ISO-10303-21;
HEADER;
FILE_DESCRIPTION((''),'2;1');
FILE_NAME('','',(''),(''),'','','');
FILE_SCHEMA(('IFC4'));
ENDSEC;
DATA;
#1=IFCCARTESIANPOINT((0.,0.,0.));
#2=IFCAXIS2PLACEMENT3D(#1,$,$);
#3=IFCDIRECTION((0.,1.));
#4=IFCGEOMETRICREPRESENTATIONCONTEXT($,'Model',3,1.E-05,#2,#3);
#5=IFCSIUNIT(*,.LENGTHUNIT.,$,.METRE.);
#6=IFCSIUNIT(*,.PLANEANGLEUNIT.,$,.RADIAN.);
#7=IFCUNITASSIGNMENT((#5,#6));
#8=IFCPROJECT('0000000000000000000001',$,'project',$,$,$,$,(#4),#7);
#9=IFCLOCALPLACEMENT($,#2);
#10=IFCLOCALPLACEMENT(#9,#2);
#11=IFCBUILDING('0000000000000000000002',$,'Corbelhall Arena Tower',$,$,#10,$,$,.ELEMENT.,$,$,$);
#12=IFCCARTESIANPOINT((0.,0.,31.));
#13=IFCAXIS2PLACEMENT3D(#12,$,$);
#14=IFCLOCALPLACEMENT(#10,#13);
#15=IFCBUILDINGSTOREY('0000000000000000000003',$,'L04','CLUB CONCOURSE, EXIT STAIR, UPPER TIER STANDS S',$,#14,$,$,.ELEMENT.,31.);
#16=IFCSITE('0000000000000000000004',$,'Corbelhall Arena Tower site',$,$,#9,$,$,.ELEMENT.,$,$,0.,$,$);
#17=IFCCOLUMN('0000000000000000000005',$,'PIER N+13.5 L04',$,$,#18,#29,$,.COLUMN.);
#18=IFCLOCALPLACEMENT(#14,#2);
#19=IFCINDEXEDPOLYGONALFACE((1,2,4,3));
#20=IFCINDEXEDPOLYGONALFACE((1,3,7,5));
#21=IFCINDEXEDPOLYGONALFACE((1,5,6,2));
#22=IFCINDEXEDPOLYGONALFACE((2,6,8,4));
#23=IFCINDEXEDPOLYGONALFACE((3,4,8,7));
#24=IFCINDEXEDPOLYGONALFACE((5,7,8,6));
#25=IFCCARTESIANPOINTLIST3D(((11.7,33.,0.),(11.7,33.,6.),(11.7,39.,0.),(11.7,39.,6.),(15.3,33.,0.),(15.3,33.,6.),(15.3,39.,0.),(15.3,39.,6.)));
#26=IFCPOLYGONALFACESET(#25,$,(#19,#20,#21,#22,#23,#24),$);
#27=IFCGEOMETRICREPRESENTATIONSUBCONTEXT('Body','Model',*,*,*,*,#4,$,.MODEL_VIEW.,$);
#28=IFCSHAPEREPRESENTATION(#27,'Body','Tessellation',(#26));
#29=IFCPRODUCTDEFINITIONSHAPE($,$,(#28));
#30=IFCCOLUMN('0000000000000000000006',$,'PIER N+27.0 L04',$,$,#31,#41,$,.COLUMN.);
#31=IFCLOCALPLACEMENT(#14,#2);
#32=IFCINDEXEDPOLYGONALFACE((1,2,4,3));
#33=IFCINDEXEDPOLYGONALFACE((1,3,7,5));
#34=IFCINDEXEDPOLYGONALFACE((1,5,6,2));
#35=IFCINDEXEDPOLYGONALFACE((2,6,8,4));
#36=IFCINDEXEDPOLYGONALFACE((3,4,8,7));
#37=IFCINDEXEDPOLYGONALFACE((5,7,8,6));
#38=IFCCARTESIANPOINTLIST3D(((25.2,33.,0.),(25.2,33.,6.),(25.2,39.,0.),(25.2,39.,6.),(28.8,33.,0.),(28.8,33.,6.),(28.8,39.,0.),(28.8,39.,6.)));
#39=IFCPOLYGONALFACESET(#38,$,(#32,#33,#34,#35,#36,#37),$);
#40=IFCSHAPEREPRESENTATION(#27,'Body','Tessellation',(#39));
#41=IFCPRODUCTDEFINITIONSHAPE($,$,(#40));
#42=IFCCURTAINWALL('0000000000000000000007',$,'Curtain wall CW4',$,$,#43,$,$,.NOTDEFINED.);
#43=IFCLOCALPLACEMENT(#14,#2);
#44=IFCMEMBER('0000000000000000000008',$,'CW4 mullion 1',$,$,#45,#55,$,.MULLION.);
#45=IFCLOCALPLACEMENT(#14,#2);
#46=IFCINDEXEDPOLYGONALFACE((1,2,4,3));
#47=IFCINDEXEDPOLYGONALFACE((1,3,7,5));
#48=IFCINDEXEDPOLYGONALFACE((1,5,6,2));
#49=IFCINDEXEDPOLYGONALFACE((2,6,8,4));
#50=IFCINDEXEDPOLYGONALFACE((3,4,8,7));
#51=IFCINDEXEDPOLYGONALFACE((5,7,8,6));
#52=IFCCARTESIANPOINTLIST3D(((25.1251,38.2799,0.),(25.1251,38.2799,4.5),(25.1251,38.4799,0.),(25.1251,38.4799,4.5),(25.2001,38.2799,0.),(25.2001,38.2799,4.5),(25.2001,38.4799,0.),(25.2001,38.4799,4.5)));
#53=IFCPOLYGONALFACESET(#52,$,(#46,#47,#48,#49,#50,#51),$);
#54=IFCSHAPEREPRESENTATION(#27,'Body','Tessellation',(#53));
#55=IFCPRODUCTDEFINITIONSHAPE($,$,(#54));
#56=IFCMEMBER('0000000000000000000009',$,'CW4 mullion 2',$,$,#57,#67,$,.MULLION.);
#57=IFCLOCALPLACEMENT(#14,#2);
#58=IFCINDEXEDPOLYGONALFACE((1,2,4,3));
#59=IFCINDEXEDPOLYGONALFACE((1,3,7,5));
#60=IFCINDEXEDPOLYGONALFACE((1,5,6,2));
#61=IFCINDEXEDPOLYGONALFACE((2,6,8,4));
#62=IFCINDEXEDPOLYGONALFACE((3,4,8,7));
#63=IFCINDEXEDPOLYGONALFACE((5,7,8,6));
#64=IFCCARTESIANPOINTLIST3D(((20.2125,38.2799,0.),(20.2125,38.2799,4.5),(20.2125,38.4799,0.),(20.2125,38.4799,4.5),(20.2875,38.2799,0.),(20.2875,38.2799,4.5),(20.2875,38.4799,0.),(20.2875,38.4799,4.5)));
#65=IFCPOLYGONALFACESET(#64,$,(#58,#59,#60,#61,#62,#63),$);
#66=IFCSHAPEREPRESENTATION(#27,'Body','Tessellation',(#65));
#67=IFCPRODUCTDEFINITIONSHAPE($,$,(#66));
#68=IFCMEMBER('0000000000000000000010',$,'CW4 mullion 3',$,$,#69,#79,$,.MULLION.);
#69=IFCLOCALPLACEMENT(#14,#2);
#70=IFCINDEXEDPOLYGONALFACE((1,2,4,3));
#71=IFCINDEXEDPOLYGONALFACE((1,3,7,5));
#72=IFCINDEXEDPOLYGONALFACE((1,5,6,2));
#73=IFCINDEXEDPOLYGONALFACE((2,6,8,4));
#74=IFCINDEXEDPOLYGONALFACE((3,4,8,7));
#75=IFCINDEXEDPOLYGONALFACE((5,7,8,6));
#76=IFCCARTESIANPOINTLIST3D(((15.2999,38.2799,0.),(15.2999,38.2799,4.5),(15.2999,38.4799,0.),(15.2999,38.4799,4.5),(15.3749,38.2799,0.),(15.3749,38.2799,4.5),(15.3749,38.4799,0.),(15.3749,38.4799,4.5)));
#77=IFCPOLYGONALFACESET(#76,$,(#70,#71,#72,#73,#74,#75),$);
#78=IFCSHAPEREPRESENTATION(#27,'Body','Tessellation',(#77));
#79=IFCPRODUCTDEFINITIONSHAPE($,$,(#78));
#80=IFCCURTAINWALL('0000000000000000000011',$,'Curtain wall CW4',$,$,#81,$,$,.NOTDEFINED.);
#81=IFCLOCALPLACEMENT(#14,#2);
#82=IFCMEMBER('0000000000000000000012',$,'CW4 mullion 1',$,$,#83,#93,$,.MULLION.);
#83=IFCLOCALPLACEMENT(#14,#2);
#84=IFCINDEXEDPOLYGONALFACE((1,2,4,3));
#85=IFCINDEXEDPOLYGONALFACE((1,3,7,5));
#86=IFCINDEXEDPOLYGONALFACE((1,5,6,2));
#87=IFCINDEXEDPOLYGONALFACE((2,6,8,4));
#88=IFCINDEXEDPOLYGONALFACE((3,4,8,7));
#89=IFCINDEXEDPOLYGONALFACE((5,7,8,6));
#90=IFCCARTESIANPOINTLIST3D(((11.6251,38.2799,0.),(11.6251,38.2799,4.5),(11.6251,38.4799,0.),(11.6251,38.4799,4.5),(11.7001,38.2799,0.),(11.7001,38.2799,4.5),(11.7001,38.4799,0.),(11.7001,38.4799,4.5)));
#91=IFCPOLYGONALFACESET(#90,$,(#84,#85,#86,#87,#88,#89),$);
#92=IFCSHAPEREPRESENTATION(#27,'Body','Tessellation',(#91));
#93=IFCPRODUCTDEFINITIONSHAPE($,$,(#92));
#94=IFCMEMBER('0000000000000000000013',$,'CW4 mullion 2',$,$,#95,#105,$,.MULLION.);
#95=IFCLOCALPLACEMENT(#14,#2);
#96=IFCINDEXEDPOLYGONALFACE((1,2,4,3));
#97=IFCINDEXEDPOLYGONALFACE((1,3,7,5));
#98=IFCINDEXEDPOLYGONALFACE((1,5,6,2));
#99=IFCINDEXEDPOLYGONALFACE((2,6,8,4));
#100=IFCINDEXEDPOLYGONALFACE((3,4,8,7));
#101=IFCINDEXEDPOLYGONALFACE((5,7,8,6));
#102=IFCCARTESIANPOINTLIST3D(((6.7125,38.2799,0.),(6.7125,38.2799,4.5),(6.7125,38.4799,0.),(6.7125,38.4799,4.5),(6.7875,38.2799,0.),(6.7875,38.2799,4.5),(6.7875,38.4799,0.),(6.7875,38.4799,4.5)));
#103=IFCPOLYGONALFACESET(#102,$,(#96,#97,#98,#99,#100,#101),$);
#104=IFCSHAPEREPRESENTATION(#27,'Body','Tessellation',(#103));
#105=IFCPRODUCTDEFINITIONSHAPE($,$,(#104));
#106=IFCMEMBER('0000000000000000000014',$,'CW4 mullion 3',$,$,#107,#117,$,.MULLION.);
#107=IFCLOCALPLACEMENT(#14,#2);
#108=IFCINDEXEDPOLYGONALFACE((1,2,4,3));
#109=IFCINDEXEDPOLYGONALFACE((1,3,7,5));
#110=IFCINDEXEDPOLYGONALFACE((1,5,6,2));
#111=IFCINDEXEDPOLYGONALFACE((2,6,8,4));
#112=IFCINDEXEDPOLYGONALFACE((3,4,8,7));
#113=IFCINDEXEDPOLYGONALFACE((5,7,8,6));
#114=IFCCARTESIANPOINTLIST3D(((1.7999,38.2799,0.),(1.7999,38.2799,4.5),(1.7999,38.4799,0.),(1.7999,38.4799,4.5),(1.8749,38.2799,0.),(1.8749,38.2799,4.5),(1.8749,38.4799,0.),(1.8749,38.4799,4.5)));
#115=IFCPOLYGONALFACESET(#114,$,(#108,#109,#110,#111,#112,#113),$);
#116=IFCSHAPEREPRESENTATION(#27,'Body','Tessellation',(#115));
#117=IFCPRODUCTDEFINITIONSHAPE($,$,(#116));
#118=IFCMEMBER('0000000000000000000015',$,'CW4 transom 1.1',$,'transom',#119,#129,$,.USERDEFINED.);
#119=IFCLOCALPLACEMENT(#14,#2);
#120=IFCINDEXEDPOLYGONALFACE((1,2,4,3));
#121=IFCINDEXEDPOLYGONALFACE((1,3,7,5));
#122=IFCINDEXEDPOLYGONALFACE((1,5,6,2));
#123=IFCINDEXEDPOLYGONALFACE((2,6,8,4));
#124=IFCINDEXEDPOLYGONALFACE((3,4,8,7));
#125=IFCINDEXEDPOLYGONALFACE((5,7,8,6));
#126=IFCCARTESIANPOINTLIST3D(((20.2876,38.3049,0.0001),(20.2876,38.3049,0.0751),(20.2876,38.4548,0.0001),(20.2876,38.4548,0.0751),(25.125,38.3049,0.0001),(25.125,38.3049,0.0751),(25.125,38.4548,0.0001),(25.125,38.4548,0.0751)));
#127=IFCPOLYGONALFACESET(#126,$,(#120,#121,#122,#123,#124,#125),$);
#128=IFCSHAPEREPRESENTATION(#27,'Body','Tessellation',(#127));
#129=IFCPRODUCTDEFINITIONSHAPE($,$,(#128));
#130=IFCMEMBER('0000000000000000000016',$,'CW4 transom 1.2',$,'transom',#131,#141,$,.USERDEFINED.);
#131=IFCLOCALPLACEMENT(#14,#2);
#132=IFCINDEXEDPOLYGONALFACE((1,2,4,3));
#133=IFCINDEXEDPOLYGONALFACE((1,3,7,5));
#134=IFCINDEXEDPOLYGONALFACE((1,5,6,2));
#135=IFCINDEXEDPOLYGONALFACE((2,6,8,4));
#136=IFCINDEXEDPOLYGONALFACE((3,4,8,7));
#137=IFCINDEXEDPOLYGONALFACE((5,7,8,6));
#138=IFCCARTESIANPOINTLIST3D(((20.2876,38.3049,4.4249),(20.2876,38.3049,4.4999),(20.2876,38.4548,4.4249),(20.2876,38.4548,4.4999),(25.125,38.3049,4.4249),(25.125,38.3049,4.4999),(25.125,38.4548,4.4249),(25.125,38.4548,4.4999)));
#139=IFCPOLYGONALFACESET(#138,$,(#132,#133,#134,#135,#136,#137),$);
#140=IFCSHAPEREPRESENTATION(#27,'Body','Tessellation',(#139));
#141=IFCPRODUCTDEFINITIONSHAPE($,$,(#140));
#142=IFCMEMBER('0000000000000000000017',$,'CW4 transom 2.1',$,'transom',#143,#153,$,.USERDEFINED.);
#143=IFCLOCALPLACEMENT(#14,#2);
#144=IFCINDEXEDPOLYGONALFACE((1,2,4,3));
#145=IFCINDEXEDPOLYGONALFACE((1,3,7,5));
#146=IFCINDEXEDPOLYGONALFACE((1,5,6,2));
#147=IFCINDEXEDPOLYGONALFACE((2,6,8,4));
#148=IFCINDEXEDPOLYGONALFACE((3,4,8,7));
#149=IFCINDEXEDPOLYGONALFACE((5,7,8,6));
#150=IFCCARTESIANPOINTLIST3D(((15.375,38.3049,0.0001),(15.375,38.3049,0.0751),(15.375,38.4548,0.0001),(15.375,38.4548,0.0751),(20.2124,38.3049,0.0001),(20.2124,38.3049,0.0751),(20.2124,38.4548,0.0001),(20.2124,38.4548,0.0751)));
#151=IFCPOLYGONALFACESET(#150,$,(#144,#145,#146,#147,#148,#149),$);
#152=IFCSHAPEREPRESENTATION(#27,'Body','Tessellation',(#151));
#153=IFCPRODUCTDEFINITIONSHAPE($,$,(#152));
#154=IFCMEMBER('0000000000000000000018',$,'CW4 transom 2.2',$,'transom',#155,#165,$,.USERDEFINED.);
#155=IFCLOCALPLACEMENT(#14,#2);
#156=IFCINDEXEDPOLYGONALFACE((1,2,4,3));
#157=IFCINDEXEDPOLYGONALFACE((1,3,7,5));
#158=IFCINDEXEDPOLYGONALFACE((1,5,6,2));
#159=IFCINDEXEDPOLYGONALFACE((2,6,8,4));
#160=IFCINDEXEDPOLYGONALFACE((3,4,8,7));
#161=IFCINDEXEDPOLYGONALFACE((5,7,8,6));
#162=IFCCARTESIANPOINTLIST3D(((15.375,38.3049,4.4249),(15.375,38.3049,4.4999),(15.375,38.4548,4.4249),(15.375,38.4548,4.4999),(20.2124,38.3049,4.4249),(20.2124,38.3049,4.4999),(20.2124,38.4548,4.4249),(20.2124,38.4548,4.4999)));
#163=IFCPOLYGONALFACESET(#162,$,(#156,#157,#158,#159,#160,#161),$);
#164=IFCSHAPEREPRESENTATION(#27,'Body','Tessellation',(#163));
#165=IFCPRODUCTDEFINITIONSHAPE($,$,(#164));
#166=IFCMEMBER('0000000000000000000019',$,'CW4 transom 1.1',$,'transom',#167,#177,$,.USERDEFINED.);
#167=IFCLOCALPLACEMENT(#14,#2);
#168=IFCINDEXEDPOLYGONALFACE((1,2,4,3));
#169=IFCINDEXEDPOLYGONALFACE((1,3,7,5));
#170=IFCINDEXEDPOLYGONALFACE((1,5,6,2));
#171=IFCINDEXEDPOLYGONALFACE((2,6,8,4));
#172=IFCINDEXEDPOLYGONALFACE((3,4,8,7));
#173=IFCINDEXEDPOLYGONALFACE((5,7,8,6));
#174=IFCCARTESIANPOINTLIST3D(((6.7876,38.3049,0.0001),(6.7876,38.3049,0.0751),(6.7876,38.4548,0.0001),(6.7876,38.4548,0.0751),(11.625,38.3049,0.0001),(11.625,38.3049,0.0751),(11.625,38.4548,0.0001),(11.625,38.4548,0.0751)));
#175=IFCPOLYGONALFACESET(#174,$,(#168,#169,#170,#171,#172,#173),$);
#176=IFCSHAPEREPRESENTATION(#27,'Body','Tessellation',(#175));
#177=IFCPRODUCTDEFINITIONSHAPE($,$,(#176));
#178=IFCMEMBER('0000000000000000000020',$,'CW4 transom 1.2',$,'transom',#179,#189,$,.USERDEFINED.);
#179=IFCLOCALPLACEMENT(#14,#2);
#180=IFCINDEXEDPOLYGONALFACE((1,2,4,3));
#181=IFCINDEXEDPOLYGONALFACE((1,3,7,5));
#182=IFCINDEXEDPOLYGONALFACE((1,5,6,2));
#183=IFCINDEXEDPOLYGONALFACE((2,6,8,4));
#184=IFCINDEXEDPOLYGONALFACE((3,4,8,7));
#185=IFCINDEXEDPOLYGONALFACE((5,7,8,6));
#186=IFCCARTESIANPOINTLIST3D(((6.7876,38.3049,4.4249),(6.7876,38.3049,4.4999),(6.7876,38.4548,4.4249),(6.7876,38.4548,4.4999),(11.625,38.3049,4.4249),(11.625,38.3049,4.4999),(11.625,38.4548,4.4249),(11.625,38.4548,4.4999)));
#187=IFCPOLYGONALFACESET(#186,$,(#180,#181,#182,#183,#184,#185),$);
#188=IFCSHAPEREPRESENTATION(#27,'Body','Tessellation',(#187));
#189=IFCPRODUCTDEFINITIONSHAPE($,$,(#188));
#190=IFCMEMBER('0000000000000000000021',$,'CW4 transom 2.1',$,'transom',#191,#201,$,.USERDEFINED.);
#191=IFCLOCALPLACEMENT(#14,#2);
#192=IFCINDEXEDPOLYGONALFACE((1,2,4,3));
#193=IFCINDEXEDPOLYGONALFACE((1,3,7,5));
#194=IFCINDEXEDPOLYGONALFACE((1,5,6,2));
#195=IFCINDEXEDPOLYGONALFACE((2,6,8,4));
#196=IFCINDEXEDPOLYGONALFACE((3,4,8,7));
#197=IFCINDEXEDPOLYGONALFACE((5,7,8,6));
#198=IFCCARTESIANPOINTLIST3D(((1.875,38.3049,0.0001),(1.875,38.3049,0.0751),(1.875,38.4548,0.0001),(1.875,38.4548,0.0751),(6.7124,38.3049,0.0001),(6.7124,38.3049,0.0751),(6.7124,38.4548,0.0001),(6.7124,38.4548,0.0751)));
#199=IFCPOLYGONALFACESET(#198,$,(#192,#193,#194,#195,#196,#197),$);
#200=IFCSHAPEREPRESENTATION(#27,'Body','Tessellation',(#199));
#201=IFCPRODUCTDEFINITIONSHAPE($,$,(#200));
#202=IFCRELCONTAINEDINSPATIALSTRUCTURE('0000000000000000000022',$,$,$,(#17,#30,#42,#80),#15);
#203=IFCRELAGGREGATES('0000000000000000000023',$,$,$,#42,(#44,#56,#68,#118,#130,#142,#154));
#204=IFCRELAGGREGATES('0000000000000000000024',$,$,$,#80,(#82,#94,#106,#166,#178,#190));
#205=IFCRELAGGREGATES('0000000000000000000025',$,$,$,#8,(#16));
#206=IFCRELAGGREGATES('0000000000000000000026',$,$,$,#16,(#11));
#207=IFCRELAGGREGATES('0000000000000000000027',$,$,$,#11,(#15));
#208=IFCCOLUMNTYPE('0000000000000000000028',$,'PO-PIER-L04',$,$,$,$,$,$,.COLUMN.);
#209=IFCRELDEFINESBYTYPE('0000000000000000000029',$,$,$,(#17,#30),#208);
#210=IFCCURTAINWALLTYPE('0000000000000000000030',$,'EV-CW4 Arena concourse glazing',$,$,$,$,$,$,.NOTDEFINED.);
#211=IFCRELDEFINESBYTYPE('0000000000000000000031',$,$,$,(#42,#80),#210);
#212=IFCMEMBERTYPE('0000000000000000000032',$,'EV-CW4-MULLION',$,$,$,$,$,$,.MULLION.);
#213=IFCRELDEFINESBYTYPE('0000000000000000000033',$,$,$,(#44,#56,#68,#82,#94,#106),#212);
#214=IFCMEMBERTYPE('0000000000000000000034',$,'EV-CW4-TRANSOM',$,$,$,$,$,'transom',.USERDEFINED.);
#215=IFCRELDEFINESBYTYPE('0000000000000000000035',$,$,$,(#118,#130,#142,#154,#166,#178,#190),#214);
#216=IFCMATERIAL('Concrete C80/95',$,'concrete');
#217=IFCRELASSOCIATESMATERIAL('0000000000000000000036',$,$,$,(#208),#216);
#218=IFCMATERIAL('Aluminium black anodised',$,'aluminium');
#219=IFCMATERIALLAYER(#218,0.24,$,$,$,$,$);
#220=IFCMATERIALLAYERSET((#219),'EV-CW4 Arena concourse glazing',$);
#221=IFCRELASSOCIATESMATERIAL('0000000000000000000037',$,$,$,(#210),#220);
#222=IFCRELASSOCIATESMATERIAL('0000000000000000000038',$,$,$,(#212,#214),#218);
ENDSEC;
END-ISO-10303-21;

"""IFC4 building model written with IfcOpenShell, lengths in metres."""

from ifc_helpers import new_model, si_unit, direction, frame, origin, origin_2d, place, context, subcontext, project, spatial, rectangle, extrude, material, layer, layer_set, material_profile, profile_set, type_object, element, aggregate, save


model = new_model("IFC4")

# Units and contexts
model_context = context("Model", 3, precision=1e-05, world=origin(), true_north=direction((0.0, 1.0)))
body_context = subcontext(model_context, "Body", "Model", "MODEL_VIEW")
ifc_project = project(units=[si_unit("LENGTHUNIT", "METRE"), si_unit("PLANEANGLEUNIT", "RADIAN")], contexts=[model_context])

# Site, building, storey
site_placement = place(None, origin())
site = spatial("IfcSite", under=ifc_project, at=site_placement, Name="Corbelhall Arena Tower site", CompositionType="ELEMENT", RefElevation=0.0)
building_placement = place(site_placement, origin())
building = spatial("IfcBuilding", under=site, at=building_placement, Name="Corbelhall Arena Tower", CompositionType="ELEMENT")
storey_placement = place(building_placement, frame((0.0, 0.0, 31.0)))
storey = spatial("IfcBuildingStorey", under=building, at=storey_placement, Name="L04", Description="CLUB CONCOURSE, EXIT STAIR, UPPER TIER STANDS S", CompositionType="ELEMENT", Elevation=31.0)

# Columns
ifc_material_1 = material(Name="Concrete C80/95", Category="concrete")
ifc_material_profile_1 = material_profile(ifc_material_1, rectangle(XDim=3.6001, YDim=6.0, at=origin_2d()))
ifc_profile_set_1 = profile_set([ifc_material_profile_1], Name="Concrete C80/95")
column_type = type_object("IfcColumnType", Name="PO-PIER-L04", PredefinedType="COLUMN", material=ifc_profile_set_1)
for number, where, z_axis, x_axis, name in (
    (1, (13.5, 36.0, 0.0), (0.0, 0.0, 1.0), (1.0, 0.0, 0.0), "PIER N+13.5 L04"),
    (2, (27.0, 36.0, 0.0), (0.0, 0.0, 1.0), (1.0, 0.0, 0.0), "PIER N+27.0 L04"),
):
    element("IfcColumn", number, at=place(storey_placement, frame(where, z_axis=z_axis, x_axis=x_axis)), inside=storey, type_object=column_type, Name=name, PredefinedType="COLUMN", context=body_context, shape_type="SweptSolid", body=[
        extrude(rectangle(XDim=3.6001, YDim=6.0, at=origin_2d()), origin(), (0.0, 0.0, 1.0), 6.0),
    ])

# Curtain walls, members
ifc_material_2 = material(Name="Aluminium black anodised", Category="aluminium")
ifc_layer_1 = layer(ifc_material_2, 0.24)
ifc_layer_set_1 = layer_set([ifc_layer_1], Name="EV-CW4 Arena concourse glazing")
curtain_wall_type = type_object("IfcCurtainWallType", Name="EV-CW4 Arena concourse glazing", PredefinedType="NOTDEFINED", material=ifc_layer_set_1)
curtain_wall_1_placement = place(storey_placement, origin())
curtain_wall_1 = element("IfcCurtainWall", 3, at=curtain_wall_1_placement, inside=storey, type_object=curtain_wall_type, Name="Curtain wall CW4", PredefinedType="NOTDEFINED")
ifc_material_profile_2 = material_profile(ifc_material_2, rectangle(XDim=0.2, YDim=0.075, at=origin_2d()))
ifc_profile_set_2 = profile_set([ifc_material_profile_2], Name="Aluminium black anodised")
member_type_1 = type_object("IfcMemberType", Name="EV-CW4-MULLION", PredefinedType="MULLION", material=ifc_profile_set_2)
member_1_placement = place(storey_placement, frame((25.1626, 38.3799, 0.0), z_axis=(0.0, 0.0, 1.0), x_axis=(0.0, -1.0, 0.0)))
member_1 = element("IfcMember", 4, at=member_1_placement, type_object=member_type_1, Name="CW4 mullion 1", PredefinedType="MULLION", context=body_context, shape_type="SweptSolid", body=[
    extrude(rectangle(XDim=0.2, YDim=0.075, at=origin_2d()), origin(), (0.0, 0.0, 1.0), 4.5),
])
member_2_placement = place(storey_placement, frame((20.25, 38.3799, 0.0), z_axis=(0.0, 0.0, 1.0), x_axis=(0.0, -1.0, 0.0)))
member_2 = element("IfcMember", 5, at=member_2_placement, type_object=member_type_1, Name="CW4 mullion 2", PredefinedType="MULLION", context=body_context, shape_type="SweptSolid", body=[
    extrude(rectangle(XDim=0.2, YDim=0.075, at=origin_2d()), origin(), (0.0, 0.0, 1.0), 4.5),
])
member_3_placement = place(storey_placement, frame((15.3374, 38.3799, 0.0), z_axis=(0.0, 0.0, 1.0), x_axis=(0.0, -1.0, 0.0)))
member_3 = element("IfcMember", 6, at=member_3_placement, type_object=member_type_1, Name="CW4 mullion 3", PredefinedType="MULLION", context=body_context, shape_type="SweptSolid", body=[
    extrude(rectangle(XDim=0.2, YDim=0.075, at=origin_2d()), origin(), (0.0, 0.0, 1.0), 4.5),
])
curtain_wall_2_placement = place(storey_placement, origin())
curtain_wall_2 = element("IfcCurtainWall", 7, at=curtain_wall_2_placement, inside=storey, type_object=curtain_wall_type, Name="Curtain wall CW4", PredefinedType="NOTDEFINED")
member_4_placement = place(storey_placement, frame((11.6626, 38.3799, 0.0), z_axis=(0.0, 0.0, 1.0), x_axis=(0.0, -1.0, 0.0)))
member_4 = element("IfcMember", 8, at=member_4_placement, type_object=member_type_1, Name="CW4 mullion 1", PredefinedType="MULLION", context=body_context, shape_type="SweptSolid", body=[
    extrude(rectangle(XDim=0.2, YDim=0.075, at=origin_2d()), origin(), (0.0, 0.0, 1.0), 4.5),
])
member_5_placement = place(storey_placement, frame((6.75, 38.3799, 0.0), z_axis=(0.0, 0.0, 1.0), x_axis=(0.0, -1.0, 0.0)))
member_5 = element("IfcMember", 9, at=member_5_placement, type_object=member_type_1, Name="CW4 mullion 2", PredefinedType="MULLION", context=body_context, shape_type="SweptSolid", body=[
    extrude(rectangle(XDim=0.2, YDim=0.075, at=origin_2d()), origin(), (0.0, 0.0, 1.0), 4.5),
])
member_6_placement = place(storey_placement, frame((1.8374, 38.3799, 0.0), z_axis=(0.0, 0.0, 1.0), x_axis=(0.0, -1.0, 0.0)))
member_6 = element("IfcMember", 10, at=member_6_placement, type_object=member_type_1, Name="CW4 mullion 3", PredefinedType="MULLION", context=body_context, shape_type="SweptSolid", body=[
    extrude(rectangle(XDim=0.2, YDim=0.075, at=origin_2d()), origin(), (0.0, 0.0, 1.0), 4.5),
])

# Members
ifc_material_profile_3 = material_profile(ifc_material_2, rectangle(XDim=0.1499, YDim=0.075, at=origin_2d()))
ifc_profile_set_3 = profile_set([ifc_material_profile_3], Name="Aluminium black anodised")
member_type_2 = type_object("IfcMemberType", Name="EV-CW4-TRANSOM", ElementType="transom", PredefinedType="USERDEFINED", material=ifc_profile_set_3)
member_7_placement = place(storey_placement, frame((25.125, 38.3799, 0.0376), z_axis=(-1.0, 0.0, 0.0), x_axis=(0.0, -1.0, 0.0)))
member_7 = element("IfcMember", 11, at=member_7_placement, type_object=member_type_2, Name="CW4 transom 1.1", ObjectType="transom", PredefinedType="USERDEFINED", context=body_context, shape_type="SweptSolid", body=[
    extrude(rectangle(XDim=0.1499, YDim=0.075, at=origin_2d()), origin(), (0.0, 0.0, 1.0), 4.8374),
])
member_8_placement = place(storey_placement, frame((25.125, 38.3799, 4.4624), z_axis=(-1.0, 0.0, 0.0), x_axis=(0.0, -1.0, 0.0)))
member_8 = element("IfcMember", 12, at=member_8_placement, type_object=member_type_2, Name="CW4 transom 1.2", ObjectType="transom", PredefinedType="USERDEFINED", context=body_context, shape_type="SweptSolid", body=[
    extrude(rectangle(XDim=0.1499, YDim=0.075, at=origin_2d()), origin(), (0.0, 0.0, 1.0), 4.8374),
])
member_9_placement = place(storey_placement, frame((20.2124, 38.3799, 0.0376), z_axis=(-1.0, 0.0, 0.0), x_axis=(0.0, -1.0, 0.0)))
member_9 = element("IfcMember", 13, at=member_9_placement, type_object=member_type_2, Name="CW4 transom 2.1", ObjectType="transom", PredefinedType="USERDEFINED", context=body_context, shape_type="SweptSolid", body=[
    extrude(rectangle(XDim=0.1499, YDim=0.075, at=origin_2d()), origin(), (0.0, 0.0, 1.0), 4.8374),
])
member_10_placement = place(storey_placement, frame((20.2124, 38.3799, 4.4624), z_axis=(-1.0, 0.0, 0.0), x_axis=(0.0, -1.0, 0.0)))
member_10 = element("IfcMember", 14, at=member_10_placement, type_object=member_type_2, Name="CW4 transom 2.2", ObjectType="transom", PredefinedType="USERDEFINED", context=body_context, shape_type="SweptSolid", body=[
    extrude(rectangle(XDim=0.1499, YDim=0.075, at=origin_2d()), origin(), (0.0, 0.0, 1.0), 4.8374),
])
member_11_placement = place(storey_placement, frame((11.625, 38.3799, 0.0376), z_axis=(-1.0, 0.0, 0.0), x_axis=(0.0, -1.0, 0.0)))
member_11 = element("IfcMember", 15, at=member_11_placement, type_object=member_type_2, Name="CW4 transom 1.1", ObjectType="transom", PredefinedType="USERDEFINED", context=body_context, shape_type="SweptSolid", body=[
    extrude(rectangle(XDim=0.1499, YDim=0.075, at=origin_2d()), origin(), (0.0, 0.0, 1.0), 4.8374),
])
member_12_placement = place(storey_placement, frame((11.625, 38.3799, 4.4624), z_axis=(-1.0, 0.0, 0.0), x_axis=(0.0, -1.0, 0.0)))
member_12 = element("IfcMember", 16, at=member_12_placement, type_object=member_type_2, Name="CW4 transom 1.2", ObjectType="transom", PredefinedType="USERDEFINED", context=body_context, shape_type="SweptSolid", body=[
    extrude(rectangle(XDim=0.1499, YDim=0.075, at=origin_2d()), origin(), (0.0, 0.0, 1.0), 4.8374),
])
member_13_placement = place(storey_placement, frame((6.7124, 38.3799, 0.0376), z_axis=(-1.0, 0.0, 0.0), x_axis=(0.0, -1.0, 0.0)))
member_13 = element("IfcMember", 17, at=member_13_placement, type_object=member_type_2, Name="CW4 transom 2.1", ObjectType="transom", PredefinedType="USERDEFINED", context=body_context, shape_type="SweptSolid", body=[
    extrude(rectangle(XDim=0.1499, YDim=0.075, at=origin_2d()), origin(), (0.0, 0.0, 1.0), 4.8374),
])

aggregate(curtain_wall_1, [member_1, member_2, member_3, member_7, member_8, member_9, member_10])
aggregate(curtain_wall_2, [member_4, member_5, member_6, member_11, member_12, member_13])

save(model, "model.ifc")
